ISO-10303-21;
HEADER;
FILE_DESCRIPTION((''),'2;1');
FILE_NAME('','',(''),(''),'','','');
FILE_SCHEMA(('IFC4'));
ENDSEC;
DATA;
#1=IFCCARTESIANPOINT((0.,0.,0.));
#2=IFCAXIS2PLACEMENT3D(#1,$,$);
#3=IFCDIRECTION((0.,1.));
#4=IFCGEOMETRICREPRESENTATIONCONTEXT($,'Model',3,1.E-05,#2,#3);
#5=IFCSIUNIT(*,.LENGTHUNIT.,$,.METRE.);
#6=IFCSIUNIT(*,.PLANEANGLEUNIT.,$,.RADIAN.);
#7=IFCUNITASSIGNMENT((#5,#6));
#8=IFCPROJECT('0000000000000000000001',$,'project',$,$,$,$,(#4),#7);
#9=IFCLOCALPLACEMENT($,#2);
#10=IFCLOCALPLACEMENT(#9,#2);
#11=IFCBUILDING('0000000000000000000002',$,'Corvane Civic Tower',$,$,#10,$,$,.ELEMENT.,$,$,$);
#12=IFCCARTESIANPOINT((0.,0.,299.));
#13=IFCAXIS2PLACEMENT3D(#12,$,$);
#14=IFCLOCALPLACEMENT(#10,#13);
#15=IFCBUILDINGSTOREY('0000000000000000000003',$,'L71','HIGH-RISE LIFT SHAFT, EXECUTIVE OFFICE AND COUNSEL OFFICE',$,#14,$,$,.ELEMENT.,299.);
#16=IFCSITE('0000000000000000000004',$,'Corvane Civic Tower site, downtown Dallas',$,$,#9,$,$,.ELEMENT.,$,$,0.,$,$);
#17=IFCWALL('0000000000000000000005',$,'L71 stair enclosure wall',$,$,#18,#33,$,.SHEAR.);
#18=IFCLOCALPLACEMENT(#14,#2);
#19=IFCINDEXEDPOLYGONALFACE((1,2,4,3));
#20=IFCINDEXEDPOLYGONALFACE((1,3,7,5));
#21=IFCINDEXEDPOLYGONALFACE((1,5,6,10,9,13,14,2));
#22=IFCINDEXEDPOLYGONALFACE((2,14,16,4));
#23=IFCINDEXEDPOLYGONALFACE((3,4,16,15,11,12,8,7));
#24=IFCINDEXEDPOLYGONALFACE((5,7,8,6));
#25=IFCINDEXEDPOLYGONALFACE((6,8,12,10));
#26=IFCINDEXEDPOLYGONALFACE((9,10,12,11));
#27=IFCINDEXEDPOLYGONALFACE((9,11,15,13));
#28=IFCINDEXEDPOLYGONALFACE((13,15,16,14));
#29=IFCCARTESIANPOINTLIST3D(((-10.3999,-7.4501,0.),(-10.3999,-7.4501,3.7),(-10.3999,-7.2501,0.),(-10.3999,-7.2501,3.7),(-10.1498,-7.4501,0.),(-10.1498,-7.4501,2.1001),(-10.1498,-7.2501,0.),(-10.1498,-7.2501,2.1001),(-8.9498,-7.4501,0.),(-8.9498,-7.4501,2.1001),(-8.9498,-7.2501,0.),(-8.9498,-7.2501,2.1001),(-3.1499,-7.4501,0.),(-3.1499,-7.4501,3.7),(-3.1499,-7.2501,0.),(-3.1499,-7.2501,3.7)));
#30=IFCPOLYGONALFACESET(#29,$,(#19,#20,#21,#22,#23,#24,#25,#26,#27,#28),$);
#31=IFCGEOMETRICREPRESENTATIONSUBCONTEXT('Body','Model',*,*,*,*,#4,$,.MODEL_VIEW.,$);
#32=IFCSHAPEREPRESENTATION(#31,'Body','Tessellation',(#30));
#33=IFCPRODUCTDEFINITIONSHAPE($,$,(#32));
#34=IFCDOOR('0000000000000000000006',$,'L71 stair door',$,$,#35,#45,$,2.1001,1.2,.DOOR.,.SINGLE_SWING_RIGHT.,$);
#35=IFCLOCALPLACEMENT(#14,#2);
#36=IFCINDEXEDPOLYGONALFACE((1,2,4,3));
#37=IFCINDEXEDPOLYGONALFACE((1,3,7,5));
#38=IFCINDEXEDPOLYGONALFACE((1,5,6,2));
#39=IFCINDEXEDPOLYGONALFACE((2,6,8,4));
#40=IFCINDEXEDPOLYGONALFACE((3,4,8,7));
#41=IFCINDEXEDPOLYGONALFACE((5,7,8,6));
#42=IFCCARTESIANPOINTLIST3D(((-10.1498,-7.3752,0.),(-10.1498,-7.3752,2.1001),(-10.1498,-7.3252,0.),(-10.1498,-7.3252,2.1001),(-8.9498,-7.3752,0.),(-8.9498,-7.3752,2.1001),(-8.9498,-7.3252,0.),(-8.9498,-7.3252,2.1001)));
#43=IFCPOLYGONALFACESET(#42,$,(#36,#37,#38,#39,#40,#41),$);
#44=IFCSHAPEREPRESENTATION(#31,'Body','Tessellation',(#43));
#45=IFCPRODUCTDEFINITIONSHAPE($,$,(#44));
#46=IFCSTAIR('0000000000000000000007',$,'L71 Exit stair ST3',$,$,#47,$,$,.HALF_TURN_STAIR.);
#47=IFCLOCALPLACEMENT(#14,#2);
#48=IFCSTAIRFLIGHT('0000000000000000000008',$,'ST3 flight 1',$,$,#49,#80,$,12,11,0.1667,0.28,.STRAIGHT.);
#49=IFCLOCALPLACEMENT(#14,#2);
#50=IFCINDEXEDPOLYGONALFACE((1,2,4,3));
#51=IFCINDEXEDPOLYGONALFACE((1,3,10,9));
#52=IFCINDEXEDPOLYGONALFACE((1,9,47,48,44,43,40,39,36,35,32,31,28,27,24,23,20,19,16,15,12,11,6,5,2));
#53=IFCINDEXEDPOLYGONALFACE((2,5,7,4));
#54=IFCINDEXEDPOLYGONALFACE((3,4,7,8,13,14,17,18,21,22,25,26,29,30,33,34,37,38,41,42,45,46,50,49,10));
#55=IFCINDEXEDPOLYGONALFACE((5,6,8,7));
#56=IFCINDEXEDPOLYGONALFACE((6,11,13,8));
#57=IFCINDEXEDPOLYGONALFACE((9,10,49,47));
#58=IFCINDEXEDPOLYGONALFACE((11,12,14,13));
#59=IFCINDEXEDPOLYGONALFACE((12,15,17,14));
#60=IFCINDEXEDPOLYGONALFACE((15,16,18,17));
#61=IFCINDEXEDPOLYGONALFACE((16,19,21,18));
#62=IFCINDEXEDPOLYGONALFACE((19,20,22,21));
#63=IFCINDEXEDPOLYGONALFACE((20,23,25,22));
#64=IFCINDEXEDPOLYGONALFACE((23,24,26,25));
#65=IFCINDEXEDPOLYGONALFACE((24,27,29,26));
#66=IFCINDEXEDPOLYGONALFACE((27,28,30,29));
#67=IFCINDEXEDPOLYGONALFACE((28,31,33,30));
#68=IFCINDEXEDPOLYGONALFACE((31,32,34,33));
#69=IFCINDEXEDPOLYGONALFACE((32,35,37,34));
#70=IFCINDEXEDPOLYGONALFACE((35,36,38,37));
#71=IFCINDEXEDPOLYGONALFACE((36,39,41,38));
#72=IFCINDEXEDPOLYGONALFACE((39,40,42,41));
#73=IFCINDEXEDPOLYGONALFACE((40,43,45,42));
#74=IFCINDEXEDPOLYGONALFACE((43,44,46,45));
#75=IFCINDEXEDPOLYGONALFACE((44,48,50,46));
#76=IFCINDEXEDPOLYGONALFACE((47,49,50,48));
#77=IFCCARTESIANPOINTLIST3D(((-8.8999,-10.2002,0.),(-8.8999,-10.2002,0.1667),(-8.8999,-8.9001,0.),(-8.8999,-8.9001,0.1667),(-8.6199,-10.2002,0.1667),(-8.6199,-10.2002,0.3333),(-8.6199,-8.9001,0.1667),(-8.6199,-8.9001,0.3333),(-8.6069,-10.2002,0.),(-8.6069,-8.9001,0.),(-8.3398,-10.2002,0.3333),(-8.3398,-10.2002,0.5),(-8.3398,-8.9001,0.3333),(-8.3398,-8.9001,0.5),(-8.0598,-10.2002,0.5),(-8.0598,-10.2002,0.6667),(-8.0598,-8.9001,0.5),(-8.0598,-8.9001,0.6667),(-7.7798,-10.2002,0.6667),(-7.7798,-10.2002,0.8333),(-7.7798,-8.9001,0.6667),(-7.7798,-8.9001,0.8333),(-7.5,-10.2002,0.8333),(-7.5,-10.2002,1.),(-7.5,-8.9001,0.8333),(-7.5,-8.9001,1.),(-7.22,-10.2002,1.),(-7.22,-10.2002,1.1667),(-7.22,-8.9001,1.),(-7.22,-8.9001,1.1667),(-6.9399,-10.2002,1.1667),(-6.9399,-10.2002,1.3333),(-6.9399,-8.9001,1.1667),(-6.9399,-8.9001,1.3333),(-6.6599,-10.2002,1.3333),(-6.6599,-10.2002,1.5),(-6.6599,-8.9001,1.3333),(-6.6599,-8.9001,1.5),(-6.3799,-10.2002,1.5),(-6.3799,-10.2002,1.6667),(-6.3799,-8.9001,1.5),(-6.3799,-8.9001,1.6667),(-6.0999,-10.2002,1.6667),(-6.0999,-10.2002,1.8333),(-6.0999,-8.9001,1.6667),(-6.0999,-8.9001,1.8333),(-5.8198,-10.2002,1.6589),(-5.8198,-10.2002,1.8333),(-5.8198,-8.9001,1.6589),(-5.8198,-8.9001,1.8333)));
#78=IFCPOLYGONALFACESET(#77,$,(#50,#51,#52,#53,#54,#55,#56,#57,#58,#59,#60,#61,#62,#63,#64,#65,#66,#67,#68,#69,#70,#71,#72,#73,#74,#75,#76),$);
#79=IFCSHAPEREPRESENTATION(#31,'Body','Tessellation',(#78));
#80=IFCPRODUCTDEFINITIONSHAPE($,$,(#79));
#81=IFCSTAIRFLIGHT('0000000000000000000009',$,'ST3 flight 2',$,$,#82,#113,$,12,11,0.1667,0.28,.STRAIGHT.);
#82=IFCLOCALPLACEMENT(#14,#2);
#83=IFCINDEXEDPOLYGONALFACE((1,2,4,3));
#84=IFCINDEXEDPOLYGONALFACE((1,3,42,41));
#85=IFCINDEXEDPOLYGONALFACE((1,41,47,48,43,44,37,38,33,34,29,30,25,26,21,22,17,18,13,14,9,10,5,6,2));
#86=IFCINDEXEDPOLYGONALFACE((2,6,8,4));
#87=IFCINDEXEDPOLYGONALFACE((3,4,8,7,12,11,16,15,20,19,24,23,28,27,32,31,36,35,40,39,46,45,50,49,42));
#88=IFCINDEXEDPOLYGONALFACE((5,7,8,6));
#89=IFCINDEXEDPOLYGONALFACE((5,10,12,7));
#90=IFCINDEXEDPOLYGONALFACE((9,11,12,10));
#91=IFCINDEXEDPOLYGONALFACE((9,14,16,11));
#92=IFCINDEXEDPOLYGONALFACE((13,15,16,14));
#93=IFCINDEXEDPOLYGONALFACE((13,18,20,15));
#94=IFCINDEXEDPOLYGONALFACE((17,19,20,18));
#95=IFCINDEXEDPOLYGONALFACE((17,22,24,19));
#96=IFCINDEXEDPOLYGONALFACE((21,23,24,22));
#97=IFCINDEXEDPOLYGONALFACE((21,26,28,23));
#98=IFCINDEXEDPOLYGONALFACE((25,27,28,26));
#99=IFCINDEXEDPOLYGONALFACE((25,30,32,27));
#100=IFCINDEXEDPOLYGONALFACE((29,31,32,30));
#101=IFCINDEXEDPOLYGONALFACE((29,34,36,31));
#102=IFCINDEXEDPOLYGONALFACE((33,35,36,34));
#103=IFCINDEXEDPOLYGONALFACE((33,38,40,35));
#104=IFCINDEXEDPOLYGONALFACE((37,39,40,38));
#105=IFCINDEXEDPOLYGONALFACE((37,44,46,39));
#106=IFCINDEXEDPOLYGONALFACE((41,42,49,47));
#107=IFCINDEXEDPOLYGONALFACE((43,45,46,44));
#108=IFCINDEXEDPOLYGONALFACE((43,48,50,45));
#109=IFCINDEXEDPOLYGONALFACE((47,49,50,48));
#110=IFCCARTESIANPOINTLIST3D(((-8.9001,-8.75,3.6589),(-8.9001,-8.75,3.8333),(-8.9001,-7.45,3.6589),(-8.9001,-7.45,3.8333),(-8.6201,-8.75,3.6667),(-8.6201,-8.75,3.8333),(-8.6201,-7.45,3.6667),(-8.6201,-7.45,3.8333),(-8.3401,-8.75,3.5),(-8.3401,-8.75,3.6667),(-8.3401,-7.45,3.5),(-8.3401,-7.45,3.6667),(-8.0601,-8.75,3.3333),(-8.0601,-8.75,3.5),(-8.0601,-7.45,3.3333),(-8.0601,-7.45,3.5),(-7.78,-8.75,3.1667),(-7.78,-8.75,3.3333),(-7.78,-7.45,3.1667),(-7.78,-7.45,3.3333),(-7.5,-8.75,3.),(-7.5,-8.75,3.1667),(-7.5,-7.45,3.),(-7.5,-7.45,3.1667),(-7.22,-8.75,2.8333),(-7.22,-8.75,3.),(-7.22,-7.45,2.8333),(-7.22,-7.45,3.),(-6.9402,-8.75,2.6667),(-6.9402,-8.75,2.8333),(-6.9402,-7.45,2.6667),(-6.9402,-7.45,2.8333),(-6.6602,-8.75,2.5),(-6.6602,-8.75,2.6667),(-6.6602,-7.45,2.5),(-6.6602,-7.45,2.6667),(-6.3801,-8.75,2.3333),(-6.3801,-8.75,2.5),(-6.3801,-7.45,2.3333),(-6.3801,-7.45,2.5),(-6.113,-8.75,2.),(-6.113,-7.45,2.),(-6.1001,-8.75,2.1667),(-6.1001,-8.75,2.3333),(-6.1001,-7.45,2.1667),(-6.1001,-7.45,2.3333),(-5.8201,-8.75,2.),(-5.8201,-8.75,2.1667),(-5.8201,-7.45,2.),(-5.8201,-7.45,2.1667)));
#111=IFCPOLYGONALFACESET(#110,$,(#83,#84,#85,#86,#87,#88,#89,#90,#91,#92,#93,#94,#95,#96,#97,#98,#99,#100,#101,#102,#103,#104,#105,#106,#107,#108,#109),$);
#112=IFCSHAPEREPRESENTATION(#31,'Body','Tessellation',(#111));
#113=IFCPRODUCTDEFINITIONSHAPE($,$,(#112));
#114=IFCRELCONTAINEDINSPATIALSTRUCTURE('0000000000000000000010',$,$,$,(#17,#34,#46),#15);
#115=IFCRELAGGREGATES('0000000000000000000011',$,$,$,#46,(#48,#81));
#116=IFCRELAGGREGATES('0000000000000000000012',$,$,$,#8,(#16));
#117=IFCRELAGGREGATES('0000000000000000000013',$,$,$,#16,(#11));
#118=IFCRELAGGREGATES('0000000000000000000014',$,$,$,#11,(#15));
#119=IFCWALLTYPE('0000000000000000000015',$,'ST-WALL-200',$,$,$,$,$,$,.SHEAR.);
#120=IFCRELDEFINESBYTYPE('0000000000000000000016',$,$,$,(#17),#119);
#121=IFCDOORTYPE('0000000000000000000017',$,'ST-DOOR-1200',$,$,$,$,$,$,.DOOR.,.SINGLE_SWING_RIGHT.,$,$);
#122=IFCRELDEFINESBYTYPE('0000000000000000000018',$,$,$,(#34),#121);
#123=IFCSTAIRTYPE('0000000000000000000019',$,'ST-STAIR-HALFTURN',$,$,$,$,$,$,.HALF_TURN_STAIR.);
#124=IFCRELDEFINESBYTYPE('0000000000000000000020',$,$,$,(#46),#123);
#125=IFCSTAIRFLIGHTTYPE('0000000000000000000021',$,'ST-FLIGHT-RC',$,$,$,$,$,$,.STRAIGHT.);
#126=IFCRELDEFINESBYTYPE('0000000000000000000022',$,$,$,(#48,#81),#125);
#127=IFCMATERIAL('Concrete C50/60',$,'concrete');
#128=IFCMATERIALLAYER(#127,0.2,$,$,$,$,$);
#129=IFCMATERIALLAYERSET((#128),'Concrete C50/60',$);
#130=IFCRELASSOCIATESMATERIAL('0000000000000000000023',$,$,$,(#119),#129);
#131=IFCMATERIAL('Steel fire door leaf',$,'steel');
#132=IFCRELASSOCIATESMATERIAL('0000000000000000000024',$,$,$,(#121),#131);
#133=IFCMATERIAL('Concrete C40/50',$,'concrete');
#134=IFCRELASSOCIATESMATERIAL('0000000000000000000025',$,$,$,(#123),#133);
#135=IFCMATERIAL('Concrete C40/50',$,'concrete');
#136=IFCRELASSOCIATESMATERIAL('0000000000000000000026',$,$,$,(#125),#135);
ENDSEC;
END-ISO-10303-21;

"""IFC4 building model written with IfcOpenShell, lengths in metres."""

from ifc_helpers import new_model, si_unit, direction, frame, frame_2d, origin, place, context, subcontext, project, spatial, polyline, rectangle, outline, extrude, material, layer, layer_set, type_object, element, fill, aggregate, save


model = new_model("IFC4")

# Units and contexts
model_context = context("Model", 3, precision=1e-05, world=origin(), true_north=direction((0.0, 1.0)))
body_context = subcontext(model_context, "Body", "Model", "MODEL_VIEW")
ifc_project = project(units=[si_unit("LENGTHUNIT", "METRE"), si_unit("PLANEANGLEUNIT", "RADIAN")], contexts=[model_context])

# Site, building, storey
site_placement = place(None, origin())
site = spatial("IfcSite", under=ifc_project, at=site_placement, Name="Corvane Civic Tower site, downtown Dallas", CompositionType="ELEMENT", RefElevation=0.0)
building_placement = place(site_placement, origin())
building = spatial("IfcBuilding", under=site, at=building_placement, Name="Corvane Civic Tower", CompositionType="ELEMENT")
storey_placement = place(building_placement, frame((0.0, 0.0, 299.0)))
storey = spatial("IfcBuildingStorey", under=building, at=storey_placement, Name="L71", Description="HIGH-RISE LIFT SHAFT, EXECUTIVE OFFICE AND COUNSEL OFFICE", CompositionType="ELEMENT", Elevation=299.0)

# Wall, opening, door
ifc_material_1 = material(Name="Concrete C50/60", Category="concrete")
ifc_layer_1 = layer(ifc_material_1, 0.2)
ifc_layer_set_1 = layer_set([ifc_layer_1], Name="Concrete C50/60")
wall_type_1 = type_object("IfcWallType", Name="ST-WALL-200", PredefinedType="SHEAR", material=ifc_layer_set_1)
wall_1_placement = place(storey_placement, frame((-10.3999, -7.3501, 0.0), z_axis=(0.0, 0.0, 1.0), x_axis=(1.0, 0.0, 0.0)))
wall_1 = element("IfcWall", 1, at=wall_1_placement, inside=storey, type_object=wall_type_1, Name="L71 stair enclosure wall", PredefinedType="SHEAR", context=body_context, shape_type="SweptSolid", body=[
    extrude(rectangle(XDim=7.25, YDim=0.2, at=frame_2d((3.625, 0.0))), origin(), (0.0, 0.0, 1.0), 3.7),
])
opening_1_placement = place(wall_1_placement, frame((0.25, 0.0, 0.0)))
opening_1 = element("IfcOpeningElement", 2, at=opening_1_placement, cuts=wall_1, PredefinedType="OPENING", context=body_context, shape_type="SweptSolid", body=[
    extrude(rectangle(XDim=1.2, YDim=2.1001, at=frame_2d((0.6001, 1.05))), frame((0.0, 0.1099, 0.0), z_axis=(0.0, -1.0, 0.0), x_axis=(1.0, 0.0, 0.0)), (0.0, 0.0, 1.0), 0.22),
])
ifc_material_2 = material(Name="Steel fire door leaf", Category="steel")
door_type_1 = type_object("IfcDoorType", Name="ST-DOOR-1200", OperationType="SINGLE_SWING_RIGHT", PredefinedType="DOOR", material=ifc_material_2)
door_1_placement = place(opening_1_placement, origin())
door_1 = element("IfcDoor", 3, at=door_1_placement, inside=storey, type_object=door_type_1, Name="L71 stair door", OperationType="SINGLE_SWING_RIGHT", OverallHeight=2.1001, OverallWidth=1.2, PredefinedType="DOOR", context=body_context, shape_type="SweptSolid", body=[
    extrude(rectangle(XDim=1.2, YDim=2.1001, at=frame_2d((0.6001, 1.05))), frame((0.0, 0.0249, 0.0), z_axis=(0.0, -1.0, 0.0), x_axis=(1.0, 0.0, 0.0)), (0.0, 0.0, 1.0), 0.05),
])
fill(opening_1, door_1)

# Stair, stair flights
ifc_material_3 = material(Name="Concrete C40/50", Category="concrete")
stair_type = type_object("IfcStairType", Name="ST-STAIR-HALFTURN", PredefinedType="HALF_TURN_STAIR", material=ifc_material_3)
stair_placement = place(storey_placement, origin())
stair = element("IfcStair", 4, at=stair_placement, inside=storey, type_object=stair_type, Name="L71 Exit stair ST3", PredefinedType="HALF_TURN_STAIR")
ifc_material_4 = material(Name="Concrete C40/50", Category="concrete")
stair_flight_type = type_object("IfcStairFlightType", Name="ST-FLIGHT-RC", PredefinedType="STRAIGHT", material=ifc_material_4)
stair_flight_1_placement = place(storey_placement, frame((-8.8999, -9.55, 0.0), z_axis=(0.0, 0.0, 1.0), x_axis=(1.0, 0.0, 0.0)))
stair_flight_1 = element("IfcStairFlight", 5, at=stair_flight_1_placement, type_object=stair_flight_type, Name="ST3 flight 1", NumberOfRisers=12, NumberOfTreads=11, PredefinedType="STRAIGHT", RiserHeight=0.1667, TreadLength=0.28, context=body_context, shape_type="SweptSolid", body=[
    extrude(outline(polyline([(0.0, 0.0), (0.0, 0.1667), (0.28, 0.1667), (0.28, 0.3333), (0.5601, 0.3333), (0.5601, 0.5), (0.8401, 0.5), (0.8401, 0.6667), (1.1201, 0.6667), (1.1201, 0.8333), (1.3999, 0.8333), (1.3999, 1.0), (1.6799, 1.0), (1.6799, 1.1667), (1.96, 1.1667), (1.96, 1.3333), (2.24, 1.3333), (2.24, 1.5), (2.52, 1.5), (2.52, 1.6667), (2.8, 1.6667), (2.8, 1.8333), (3.0801, 1.8333), (3.0801, 2.0), (3.0801, 1.6589), (0.293, 0.0), (0.0, 0.0)])), frame((0.0, 0.6499, 0.0), z_axis=(0.0, -1.0, 0.0), x_axis=(1.0, 0.0, 0.0)), (0.0, 0.0, 1.0), 1.3),
])
stair_flight_2_placement = place(storey_placement, frame((-5.8201, -8.1001, 2.0), z_axis=(0.0, 0.0, 1.0), x_axis=(-1.0, 0.0, 0.0)))
stair_flight_2 = element("IfcStairFlight", 6, at=stair_flight_2_placement, type_object=stair_flight_type, Name="ST3 flight 2", NumberOfRisers=12, NumberOfTreads=11, PredefinedType="STRAIGHT", RiserHeight=0.1667, TreadLength=0.28, context=body_context, shape_type="SweptSolid", body=[
    extrude(outline(polyline([(0.0, 0.0), (0.0, 0.1667), (0.28, 0.1667), (0.28, 0.3333), (0.5601, 0.3333), (0.5601, 0.5), (0.8401, 0.5), (0.8401, 0.6667), (1.1201, 0.6667), (1.1201, 0.8333), (1.3999, 0.8333), (1.3999, 1.0), (1.6799, 1.0), (1.6799, 1.1667), (1.96, 1.1667), (1.96, 1.3333), (2.24, 1.3333), (2.24, 1.5), (2.52, 1.5), (2.52, 1.6667), (2.8, 1.6667), (2.8, 1.8333), (3.0801, 1.8333), (3.0801, 2.0), (3.0801, 1.6589), (0.293, 0.0), (0.0, 0.0)])), frame((0.0, 0.6499, 0.0), z_axis=(0.0, -1.0, 0.0), x_axis=(1.0, 0.0, 0.0)), (0.0, 0.0, 1.0), 1.3),
])
aggregate(stair, [stair_flight_1, stair_flight_2])

save(model, "model.ifc")
